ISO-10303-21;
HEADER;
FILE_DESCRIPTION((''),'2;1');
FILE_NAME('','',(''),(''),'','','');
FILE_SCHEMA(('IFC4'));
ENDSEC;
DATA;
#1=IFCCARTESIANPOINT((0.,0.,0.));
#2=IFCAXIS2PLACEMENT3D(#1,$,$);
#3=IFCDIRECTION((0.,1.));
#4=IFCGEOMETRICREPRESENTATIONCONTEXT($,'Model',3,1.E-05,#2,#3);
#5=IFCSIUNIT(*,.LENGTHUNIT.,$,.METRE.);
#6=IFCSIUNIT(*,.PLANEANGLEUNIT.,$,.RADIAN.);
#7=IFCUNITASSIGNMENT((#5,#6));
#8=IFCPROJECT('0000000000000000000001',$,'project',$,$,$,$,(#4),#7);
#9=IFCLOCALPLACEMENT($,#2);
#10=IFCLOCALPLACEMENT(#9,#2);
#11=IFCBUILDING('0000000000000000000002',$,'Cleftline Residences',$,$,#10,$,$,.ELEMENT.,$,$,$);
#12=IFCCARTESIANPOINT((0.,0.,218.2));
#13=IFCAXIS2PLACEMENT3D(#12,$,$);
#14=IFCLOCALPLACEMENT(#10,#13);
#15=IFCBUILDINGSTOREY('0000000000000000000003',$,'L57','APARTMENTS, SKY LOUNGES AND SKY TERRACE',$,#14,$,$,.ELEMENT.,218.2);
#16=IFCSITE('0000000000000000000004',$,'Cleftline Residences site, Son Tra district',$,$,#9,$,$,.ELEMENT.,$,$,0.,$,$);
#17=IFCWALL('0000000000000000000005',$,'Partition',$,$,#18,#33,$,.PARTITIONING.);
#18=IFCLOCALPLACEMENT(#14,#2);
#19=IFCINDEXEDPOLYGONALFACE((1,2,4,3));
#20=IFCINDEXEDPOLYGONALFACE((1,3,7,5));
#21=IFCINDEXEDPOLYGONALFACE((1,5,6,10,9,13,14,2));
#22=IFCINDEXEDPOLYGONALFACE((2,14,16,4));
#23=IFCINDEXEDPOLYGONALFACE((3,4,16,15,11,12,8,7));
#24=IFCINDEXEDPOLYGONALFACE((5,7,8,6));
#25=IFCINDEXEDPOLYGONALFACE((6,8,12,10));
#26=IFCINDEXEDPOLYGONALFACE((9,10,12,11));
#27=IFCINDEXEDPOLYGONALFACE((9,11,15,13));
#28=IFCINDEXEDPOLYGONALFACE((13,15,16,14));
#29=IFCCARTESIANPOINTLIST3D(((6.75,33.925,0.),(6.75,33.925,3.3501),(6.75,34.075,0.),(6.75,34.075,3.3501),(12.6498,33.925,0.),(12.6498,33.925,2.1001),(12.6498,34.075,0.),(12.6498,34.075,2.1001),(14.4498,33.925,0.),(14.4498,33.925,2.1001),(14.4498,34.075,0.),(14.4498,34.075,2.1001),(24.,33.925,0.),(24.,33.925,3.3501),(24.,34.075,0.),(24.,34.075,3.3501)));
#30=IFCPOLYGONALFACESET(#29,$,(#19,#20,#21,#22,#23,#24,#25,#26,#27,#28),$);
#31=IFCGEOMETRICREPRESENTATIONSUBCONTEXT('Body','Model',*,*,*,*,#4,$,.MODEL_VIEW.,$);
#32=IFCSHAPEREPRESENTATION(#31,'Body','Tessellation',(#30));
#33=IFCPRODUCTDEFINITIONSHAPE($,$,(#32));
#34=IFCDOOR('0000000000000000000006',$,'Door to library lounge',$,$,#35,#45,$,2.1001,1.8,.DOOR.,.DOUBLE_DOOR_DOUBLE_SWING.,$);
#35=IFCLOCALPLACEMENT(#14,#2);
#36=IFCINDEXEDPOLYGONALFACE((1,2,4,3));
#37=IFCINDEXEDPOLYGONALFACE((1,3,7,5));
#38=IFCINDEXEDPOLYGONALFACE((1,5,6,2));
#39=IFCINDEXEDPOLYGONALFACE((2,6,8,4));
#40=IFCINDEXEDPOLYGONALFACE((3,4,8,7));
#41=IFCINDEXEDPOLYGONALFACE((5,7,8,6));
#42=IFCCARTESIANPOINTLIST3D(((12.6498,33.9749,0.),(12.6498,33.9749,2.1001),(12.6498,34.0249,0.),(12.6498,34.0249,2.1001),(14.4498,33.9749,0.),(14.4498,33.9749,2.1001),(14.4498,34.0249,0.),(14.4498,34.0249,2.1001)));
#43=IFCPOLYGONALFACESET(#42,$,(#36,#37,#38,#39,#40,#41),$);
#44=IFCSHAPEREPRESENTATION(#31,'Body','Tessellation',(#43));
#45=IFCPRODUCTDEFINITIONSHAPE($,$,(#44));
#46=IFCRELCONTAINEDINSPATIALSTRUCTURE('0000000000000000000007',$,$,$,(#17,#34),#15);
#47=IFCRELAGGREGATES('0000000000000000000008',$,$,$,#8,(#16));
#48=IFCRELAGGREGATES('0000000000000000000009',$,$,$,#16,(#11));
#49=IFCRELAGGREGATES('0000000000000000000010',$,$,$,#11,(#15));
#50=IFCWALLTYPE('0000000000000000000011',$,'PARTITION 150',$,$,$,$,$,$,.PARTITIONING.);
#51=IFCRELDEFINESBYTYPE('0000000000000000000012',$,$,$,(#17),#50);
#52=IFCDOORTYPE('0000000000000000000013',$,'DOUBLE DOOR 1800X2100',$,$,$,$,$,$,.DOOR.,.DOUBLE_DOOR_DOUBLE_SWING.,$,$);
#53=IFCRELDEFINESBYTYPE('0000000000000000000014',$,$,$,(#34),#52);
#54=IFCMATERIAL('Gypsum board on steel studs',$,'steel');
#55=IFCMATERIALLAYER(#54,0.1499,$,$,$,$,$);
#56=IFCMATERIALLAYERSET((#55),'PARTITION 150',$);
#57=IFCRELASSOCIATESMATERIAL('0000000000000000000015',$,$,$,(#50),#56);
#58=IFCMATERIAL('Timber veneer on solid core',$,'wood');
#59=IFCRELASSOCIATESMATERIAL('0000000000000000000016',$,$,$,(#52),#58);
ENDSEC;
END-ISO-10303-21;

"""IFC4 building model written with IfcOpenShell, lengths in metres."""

from ifc_helpers import new_model, si_unit, direction, frame, frame_2d, origin, place, context, subcontext, project, spatial, rectangle, extrude, material, layer, layer_set, type_object, element, fill, save


model = new_model("IFC4")

# Units and contexts
model_context = context("Model", 3, precision=1e-05, world=origin(), true_north=direction((0.0, 1.0)))
body_context = subcontext(model_context, "Body", "Model", "MODEL_VIEW")
ifc_project = project(units=[si_unit("LENGTHUNIT", "METRE"), si_unit("PLANEANGLEUNIT", "RADIAN")], contexts=[model_context])

# Site, building, storey
site_placement = place(None, origin())
site = spatial("IfcSite", under=ifc_project, at=site_placement, Name="Cleftline Residences site, Son Tra district", CompositionType="ELEMENT", RefElevation=0.0)
building_placement = place(site_placement, origin())
building = spatial("IfcBuilding", under=site, at=building_placement, Name="Cleftline Residences", CompositionType="ELEMENT")
storey_placement = place(building_placement, frame((0.0, 0.0, 218.2)))
storey = spatial("IfcBuildingStorey", under=building, at=storey_placement, Name="L57", Description="APARTMENTS, SKY LOUNGES AND SKY TERRACE", CompositionType="ELEMENT", Elevation=218.2)

# Wall, opening, door
ifc_material_1 = material(Name="Gypsum board on steel studs", Category="steel")
ifc_layer_1 = layer(ifc_material_1, 0.1499)
ifc_layer_set_1 = layer_set([ifc_layer_1], Name="PARTITION 150")
wall_type_1 = type_object("IfcWallType", Name="PARTITION 150", PredefinedType="PARTITIONING", material=ifc_layer_set_1)
wall_1_placement = place(storey_placement, frame((6.75, 34.0, 0.0), z_axis=(0.0, 0.0, 1.0), x_axis=(1.0, 0.0, 0.0)))
wall_1 = element("IfcWall", 1, at=wall_1_placement, inside=storey, type_object=wall_type_1, Name="Partition", PredefinedType="PARTITIONING", context=body_context, shape_type="SweptSolid", body=[
    extrude(rectangle(XDim=17.25, YDim=0.1499, at=frame_2d((8.625, 0.0))), origin(), (0.0, 0.0, 1.0), 3.3501),
])
opening_1_placement = place(wall_1_placement, frame((5.8999, 0.0, 0.0)))
opening_1 = element("IfcOpeningElement", 2, at=opening_1_placement, cuts=wall_1, PredefinedType="OPENING", context=body_context, shape_type="SweptSolid", body=[
    extrude(rectangle(XDim=1.8, YDim=2.1001, at=frame_2d((0.8999, 1.05))), frame((0.0, 0.085, 0.0), z_axis=(0.0, -1.0, 0.0), x_axis=(1.0, 0.0, 0.0)), (0.0, 0.0, 1.0), 0.1699),
])
ifc_material_2 = material(Name="Timber veneer on solid core", Category="wood")
door_type_1 = type_object("IfcDoorType", Name="DOUBLE DOOR 1800X2100", OperationType="DOUBLE_DOOR_DOUBLE_SWING", PredefinedType="DOOR", material=ifc_material_2)
door_1_placement = place(opening_1_placement, origin())
door_1 = element("IfcDoor", 3, at=door_1_placement, inside=storey, type_object=door_type_1, Name="Door to library lounge", OperationType="DOUBLE_DOOR_DOUBLE_SWING", OverallHeight=2.1001, OverallWidth=1.8, PredefinedType="DOOR", context=body_context, shape_type="SweptSolid", body=[
    extrude(rectangle(XDim=1.8, YDim=2.1001, at=frame_2d((0.8999, 1.05))), frame((0.0, 0.0249, 0.0), z_axis=(0.0, -1.0, 0.0), x_axis=(1.0, 0.0, 0.0)), (0.0, 0.0, 1.0), 0.05),
])
fill(opening_1, door_1)

save(model, "model.ifc")
